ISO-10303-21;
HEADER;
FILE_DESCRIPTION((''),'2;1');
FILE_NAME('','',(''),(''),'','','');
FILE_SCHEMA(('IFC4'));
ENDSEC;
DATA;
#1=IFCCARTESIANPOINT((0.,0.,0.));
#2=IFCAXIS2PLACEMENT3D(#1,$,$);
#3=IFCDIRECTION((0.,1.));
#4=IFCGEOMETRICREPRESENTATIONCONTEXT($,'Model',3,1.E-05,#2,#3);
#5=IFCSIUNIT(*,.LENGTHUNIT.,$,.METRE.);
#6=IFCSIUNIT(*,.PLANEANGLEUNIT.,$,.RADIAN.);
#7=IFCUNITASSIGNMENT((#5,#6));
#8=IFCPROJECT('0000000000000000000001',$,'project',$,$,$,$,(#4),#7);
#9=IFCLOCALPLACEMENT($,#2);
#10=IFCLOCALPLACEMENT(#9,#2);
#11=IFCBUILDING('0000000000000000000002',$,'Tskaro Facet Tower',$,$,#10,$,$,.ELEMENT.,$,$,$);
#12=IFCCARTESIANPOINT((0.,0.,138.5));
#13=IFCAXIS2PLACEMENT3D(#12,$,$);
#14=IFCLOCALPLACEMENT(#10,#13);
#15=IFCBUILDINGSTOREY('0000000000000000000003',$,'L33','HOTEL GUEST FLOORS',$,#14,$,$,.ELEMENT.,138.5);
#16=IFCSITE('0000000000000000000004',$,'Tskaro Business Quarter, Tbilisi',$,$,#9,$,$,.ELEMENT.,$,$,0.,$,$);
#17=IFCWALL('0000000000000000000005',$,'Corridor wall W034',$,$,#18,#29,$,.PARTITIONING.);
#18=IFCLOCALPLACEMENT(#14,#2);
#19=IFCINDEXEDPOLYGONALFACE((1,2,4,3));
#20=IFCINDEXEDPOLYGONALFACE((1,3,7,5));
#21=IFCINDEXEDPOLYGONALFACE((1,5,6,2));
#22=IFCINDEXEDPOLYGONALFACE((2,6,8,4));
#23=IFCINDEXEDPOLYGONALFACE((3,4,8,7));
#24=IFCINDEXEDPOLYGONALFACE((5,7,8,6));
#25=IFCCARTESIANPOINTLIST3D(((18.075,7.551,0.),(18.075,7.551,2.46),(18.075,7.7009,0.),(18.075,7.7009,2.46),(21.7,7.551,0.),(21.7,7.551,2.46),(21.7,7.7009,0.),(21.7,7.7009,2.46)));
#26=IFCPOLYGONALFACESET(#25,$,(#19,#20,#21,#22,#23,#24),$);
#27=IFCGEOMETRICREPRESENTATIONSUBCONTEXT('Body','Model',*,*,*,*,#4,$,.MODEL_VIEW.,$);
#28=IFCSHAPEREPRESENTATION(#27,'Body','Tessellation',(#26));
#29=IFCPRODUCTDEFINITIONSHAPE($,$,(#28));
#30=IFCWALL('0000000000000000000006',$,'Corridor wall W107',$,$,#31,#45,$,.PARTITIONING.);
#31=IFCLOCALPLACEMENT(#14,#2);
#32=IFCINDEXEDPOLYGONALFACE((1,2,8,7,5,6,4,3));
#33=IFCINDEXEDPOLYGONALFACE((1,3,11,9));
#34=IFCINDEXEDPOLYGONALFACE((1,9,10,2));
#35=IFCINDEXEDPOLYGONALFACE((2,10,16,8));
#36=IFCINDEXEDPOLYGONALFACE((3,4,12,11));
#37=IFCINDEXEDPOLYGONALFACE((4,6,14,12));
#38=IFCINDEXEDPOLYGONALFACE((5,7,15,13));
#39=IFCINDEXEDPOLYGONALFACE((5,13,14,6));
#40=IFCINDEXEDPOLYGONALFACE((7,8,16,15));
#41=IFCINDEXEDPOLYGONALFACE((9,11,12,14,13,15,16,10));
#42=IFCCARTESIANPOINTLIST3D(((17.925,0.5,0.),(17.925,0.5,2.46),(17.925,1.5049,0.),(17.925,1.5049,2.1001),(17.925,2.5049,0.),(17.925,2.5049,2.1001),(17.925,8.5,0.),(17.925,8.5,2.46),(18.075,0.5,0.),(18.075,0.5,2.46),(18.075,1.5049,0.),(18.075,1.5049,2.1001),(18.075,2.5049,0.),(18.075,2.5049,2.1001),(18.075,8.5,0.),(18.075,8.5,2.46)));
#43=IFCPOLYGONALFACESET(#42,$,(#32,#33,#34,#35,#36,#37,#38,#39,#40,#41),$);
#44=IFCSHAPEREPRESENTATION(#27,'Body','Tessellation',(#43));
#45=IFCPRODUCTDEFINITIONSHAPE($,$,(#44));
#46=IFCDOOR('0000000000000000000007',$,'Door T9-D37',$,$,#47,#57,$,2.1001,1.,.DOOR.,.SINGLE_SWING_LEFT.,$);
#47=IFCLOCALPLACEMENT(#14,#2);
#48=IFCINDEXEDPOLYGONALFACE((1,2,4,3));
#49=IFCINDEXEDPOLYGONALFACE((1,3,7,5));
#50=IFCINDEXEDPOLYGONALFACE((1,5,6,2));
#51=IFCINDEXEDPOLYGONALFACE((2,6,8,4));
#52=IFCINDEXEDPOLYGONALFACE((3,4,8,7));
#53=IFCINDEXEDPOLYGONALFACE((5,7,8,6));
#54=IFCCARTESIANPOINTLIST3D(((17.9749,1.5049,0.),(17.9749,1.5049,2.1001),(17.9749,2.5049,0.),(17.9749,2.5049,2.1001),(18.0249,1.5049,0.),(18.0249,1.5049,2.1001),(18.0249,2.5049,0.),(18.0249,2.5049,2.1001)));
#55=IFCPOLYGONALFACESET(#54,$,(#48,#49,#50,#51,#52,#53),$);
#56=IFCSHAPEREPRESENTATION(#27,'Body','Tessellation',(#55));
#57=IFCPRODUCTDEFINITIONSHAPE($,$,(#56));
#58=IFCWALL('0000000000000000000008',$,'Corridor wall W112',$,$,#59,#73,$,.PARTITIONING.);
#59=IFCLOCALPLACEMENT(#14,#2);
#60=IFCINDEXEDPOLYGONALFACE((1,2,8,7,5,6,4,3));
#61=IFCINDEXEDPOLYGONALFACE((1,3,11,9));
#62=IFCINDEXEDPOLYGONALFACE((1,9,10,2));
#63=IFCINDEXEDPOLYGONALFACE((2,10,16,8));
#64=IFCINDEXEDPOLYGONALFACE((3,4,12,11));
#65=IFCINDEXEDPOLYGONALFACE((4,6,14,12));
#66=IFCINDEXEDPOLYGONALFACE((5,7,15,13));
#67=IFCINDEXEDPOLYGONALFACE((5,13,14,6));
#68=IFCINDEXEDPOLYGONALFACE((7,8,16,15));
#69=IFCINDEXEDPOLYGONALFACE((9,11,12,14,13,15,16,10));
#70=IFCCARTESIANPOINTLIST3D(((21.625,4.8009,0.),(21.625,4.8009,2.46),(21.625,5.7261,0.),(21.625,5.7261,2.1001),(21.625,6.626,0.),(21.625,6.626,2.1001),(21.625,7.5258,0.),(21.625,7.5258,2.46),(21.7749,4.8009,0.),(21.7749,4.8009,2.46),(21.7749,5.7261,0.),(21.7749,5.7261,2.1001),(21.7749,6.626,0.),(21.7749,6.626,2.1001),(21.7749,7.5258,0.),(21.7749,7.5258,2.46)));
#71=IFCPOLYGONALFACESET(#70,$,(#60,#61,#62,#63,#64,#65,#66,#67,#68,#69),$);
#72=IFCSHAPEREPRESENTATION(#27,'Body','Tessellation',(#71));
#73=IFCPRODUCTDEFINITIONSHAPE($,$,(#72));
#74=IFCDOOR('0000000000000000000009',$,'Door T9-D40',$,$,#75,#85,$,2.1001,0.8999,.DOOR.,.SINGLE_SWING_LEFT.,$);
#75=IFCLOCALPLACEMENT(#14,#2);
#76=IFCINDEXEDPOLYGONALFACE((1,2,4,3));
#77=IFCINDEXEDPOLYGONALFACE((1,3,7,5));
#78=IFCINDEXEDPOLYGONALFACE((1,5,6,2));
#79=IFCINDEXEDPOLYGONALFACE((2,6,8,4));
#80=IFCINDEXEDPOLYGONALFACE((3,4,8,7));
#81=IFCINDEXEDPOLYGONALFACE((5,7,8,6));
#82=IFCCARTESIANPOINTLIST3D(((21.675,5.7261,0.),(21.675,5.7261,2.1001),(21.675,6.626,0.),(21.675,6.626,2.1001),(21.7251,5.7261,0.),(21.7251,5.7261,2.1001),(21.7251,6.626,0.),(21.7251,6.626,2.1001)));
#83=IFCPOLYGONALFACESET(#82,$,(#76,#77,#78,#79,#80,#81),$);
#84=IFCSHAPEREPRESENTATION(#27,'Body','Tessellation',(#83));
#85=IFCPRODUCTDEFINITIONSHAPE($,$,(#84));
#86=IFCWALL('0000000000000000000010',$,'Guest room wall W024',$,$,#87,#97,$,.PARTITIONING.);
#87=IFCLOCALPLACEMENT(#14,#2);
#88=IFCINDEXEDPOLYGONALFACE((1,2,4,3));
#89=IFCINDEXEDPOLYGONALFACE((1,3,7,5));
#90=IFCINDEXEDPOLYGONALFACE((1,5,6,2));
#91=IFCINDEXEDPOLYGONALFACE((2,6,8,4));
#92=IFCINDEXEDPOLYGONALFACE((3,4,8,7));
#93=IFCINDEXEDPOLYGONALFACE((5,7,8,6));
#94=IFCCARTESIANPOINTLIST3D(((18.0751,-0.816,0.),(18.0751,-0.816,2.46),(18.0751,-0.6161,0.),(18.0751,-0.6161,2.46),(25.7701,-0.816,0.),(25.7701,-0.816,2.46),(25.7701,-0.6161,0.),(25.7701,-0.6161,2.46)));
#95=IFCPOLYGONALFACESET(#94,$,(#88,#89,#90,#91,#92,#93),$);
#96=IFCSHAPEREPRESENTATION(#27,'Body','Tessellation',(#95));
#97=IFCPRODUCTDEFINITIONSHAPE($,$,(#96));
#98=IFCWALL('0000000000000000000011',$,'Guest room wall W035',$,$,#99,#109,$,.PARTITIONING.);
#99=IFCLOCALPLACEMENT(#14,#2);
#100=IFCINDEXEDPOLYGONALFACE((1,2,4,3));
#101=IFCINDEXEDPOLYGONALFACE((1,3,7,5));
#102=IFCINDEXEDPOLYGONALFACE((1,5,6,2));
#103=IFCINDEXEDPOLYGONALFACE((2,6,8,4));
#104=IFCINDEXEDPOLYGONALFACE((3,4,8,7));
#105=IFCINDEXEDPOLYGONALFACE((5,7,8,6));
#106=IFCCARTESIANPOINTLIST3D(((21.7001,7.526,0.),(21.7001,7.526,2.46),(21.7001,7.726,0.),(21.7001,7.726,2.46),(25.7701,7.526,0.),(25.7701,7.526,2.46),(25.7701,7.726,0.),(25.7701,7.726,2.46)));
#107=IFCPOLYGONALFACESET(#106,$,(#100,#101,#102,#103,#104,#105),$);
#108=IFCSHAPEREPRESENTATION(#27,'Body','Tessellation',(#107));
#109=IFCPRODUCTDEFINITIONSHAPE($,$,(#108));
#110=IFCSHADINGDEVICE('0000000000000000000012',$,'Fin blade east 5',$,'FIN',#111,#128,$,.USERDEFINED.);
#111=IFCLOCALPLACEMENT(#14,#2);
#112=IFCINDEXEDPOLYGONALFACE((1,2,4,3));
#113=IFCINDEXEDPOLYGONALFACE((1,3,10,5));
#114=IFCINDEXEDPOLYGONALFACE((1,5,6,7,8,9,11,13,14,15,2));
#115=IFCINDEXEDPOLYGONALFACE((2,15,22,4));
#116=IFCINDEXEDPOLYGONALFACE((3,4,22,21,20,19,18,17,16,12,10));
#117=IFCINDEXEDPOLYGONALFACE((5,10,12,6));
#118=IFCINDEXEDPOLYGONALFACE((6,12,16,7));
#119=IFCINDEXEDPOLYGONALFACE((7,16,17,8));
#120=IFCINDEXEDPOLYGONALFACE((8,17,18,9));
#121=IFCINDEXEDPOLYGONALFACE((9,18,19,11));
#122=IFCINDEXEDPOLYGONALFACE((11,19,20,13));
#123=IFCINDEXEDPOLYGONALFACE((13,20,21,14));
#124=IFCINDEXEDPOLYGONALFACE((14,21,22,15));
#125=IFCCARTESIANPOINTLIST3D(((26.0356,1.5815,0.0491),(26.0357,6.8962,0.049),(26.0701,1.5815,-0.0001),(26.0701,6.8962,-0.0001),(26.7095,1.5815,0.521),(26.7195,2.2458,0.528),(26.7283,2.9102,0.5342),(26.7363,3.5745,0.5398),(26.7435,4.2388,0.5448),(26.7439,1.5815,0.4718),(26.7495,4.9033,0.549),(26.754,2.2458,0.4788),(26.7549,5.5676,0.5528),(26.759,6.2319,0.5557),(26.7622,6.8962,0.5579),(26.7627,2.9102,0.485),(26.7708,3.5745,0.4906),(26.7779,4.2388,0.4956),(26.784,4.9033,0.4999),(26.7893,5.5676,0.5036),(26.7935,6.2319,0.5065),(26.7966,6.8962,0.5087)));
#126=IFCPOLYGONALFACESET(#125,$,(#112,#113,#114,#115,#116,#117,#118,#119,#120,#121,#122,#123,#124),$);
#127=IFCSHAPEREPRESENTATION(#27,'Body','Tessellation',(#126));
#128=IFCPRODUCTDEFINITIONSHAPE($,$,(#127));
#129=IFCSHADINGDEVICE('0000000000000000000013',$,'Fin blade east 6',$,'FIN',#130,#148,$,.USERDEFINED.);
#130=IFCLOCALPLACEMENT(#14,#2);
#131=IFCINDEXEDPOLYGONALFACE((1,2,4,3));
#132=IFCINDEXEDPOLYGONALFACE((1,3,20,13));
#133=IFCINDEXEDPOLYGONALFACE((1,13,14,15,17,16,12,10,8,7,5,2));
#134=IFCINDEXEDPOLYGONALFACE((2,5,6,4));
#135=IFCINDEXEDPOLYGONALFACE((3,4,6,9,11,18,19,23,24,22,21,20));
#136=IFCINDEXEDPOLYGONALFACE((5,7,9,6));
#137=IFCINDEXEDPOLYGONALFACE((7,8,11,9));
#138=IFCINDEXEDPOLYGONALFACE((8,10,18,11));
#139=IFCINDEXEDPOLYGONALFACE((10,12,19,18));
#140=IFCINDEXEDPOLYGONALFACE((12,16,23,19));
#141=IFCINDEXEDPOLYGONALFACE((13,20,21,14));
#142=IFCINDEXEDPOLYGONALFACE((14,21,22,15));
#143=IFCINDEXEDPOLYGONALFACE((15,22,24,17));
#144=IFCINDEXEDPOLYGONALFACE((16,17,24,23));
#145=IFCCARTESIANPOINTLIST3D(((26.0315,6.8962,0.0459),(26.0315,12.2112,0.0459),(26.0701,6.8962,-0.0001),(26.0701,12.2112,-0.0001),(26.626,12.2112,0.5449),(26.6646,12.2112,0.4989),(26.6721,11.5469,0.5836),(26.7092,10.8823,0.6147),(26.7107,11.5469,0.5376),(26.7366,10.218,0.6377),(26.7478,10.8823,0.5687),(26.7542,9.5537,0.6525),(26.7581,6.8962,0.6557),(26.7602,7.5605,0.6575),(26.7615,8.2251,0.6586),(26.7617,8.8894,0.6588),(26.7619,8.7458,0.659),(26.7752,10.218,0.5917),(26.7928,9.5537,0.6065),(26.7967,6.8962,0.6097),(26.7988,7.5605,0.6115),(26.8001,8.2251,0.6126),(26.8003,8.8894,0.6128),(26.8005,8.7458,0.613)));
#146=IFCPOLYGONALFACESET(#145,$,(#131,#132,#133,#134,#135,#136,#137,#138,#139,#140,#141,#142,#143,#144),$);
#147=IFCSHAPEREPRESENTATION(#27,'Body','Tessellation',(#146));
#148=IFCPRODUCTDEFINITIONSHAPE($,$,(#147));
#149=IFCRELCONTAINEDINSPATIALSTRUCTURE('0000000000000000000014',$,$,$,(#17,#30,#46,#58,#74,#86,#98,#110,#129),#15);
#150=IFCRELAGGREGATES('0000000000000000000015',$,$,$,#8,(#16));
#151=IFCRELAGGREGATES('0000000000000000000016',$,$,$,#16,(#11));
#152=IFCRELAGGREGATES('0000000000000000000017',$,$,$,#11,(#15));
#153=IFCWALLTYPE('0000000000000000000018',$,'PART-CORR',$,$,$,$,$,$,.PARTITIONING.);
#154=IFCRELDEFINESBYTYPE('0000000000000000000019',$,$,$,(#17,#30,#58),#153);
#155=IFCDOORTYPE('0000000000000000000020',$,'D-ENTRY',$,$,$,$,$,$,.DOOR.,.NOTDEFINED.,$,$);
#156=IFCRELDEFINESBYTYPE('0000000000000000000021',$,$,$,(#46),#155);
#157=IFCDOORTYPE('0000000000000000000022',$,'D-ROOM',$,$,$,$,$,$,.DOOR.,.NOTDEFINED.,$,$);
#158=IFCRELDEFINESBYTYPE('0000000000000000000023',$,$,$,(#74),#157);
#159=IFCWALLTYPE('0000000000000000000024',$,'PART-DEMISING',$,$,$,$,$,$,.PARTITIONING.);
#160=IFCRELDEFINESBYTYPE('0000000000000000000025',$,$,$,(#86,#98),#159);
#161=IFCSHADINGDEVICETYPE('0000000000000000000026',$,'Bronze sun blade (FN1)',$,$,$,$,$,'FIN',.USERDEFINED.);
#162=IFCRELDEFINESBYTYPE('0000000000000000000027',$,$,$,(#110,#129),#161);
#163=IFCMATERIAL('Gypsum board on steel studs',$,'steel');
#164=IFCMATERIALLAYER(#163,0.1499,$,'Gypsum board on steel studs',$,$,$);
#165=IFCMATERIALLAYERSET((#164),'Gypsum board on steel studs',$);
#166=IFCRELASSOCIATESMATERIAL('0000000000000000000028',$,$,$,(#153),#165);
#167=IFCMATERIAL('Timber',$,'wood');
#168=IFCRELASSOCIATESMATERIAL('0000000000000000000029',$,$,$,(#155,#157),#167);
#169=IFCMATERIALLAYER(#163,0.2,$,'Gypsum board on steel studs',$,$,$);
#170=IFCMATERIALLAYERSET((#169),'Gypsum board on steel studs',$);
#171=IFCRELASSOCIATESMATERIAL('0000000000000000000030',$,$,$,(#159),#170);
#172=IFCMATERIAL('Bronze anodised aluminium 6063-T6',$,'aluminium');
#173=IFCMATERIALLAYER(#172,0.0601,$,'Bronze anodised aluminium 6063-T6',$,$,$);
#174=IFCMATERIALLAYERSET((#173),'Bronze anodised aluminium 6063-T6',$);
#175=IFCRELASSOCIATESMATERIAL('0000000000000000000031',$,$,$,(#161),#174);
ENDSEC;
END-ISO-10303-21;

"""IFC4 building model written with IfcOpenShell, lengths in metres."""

from ifc_helpers import new_model, si_unit, direction, frame, frame_2d, origin, place, context, subcontext, project, spatial, polyline, rectangle, outline, extrude, material, layer, layer_set, type_object, element, fill, save


model = new_model("IFC4")

# Units and contexts
model_context = context("Model", 3, precision=1e-05, world=origin(), true_north=direction((0.0, 1.0)))
body_context = subcontext(model_context, "Body", "Model", "MODEL_VIEW")
ifc_project = project(units=[si_unit("LENGTHUNIT", "METRE"), si_unit("PLANEANGLEUNIT", "RADIAN")], contexts=[model_context])

# Site, building, storey
site_placement = place(None, origin())
site = spatial("IfcSite", under=ifc_project, at=site_placement, Name="Tskaro Business Quarter, Tbilisi", CompositionType="ELEMENT", RefElevation=0.0)
building_placement = place(site_placement, origin())
building = spatial("IfcBuilding", under=site, at=building_placement, Name="Tskaro Facet Tower", CompositionType="ELEMENT")
storey_placement = place(building_placement, frame((0.0, 0.0, 138.5)))
storey = spatial("IfcBuildingStorey", under=building, at=storey_placement, Name="L33", Description="HOTEL GUEST FLOORS", CompositionType="ELEMENT", Elevation=138.5)

# Shared definitions
ifc_material_1 = material(Name="Bronze anodised aluminium 6063-T6", Category="aluminium")

# Wall
ifc_material_2 = material(Name="Gypsum board on steel studs", Category="steel")
ifc_layer_1 = layer(ifc_material_2, 0.1499, Name="Gypsum board on steel studs")
ifc_layer_set_1 = layer_set([ifc_layer_1], Name="Gypsum board on steel studs")
wall_type_1 = type_object("IfcWallType", Name="PART-CORR", PredefinedType="PARTITIONING", material=ifc_layer_set_1)
for number, where, z_axis, x_axis, name in (
    (1, (18.075, 7.626, 0.0), (0.0, 0.0, 1.0), (1.0, 0.0, 0.0), "Corridor wall W034"),
):
    element("IfcWall", number, at=place(storey_placement, frame(where, z_axis=z_axis, x_axis=x_axis)), inside=storey, type_object=wall_type_1, Name=name, PredefinedType="PARTITIONING", context=body_context, shape_type="SweptSolid", body=[
        extrude(rectangle(XDim=3.625, YDim=0.1499, at=frame_2d((1.8125, 0.0))), origin(), (0.0, 0.0, 1.0), 2.46),
    ])

# Walls, openings, doors
wall_1_placement = place(storey_placement, frame((18.0, 8.5, 0.0), z_axis=(0.0, 0.0, 1.0), x_axis=(0.0, -1.0, 0.0)))
wall_1 = element("IfcWall", 2, at=wall_1_placement, inside=storey, type_object=wall_type_1, Name="Corridor wall W107", PredefinedType="PARTITIONING", context=body_context, shape_type="SweptSolid", body=[
    extrude(rectangle(XDim=8.0, YDim=0.1499, at=frame_2d((4.0, 0.0))), origin(), (0.0, 0.0, 1.0), 2.46),
])
opening_1_placement = place(wall_1_placement, frame((5.9951, 0.0, 0.0)))
opening_1 = element("IfcOpeningElement", 3, at=opening_1_placement, cuts=wall_1, PredefinedType="OPENING", context=body_context, shape_type="SweptSolid", body=[
    extrude(rectangle(XDim=1.0, YDim=2.1001, at=frame_2d((0.5, 1.05))), frame((0.0, 0.085, 0.0), z_axis=(0.0, -1.0, 0.0), x_axis=(1.0, 0.0, 0.0)), (0.0, 0.0, 1.0), 0.1699),
])
ifc_material_3 = material(Name="Timber", Category="wood")
door_type_1 = type_object("IfcDoorType", Name="D-ENTRY", OperationType="NOTDEFINED", PredefinedType="DOOR", material=ifc_material_3)
door_1_placement = place(opening_1_placement, origin())
door_1 = element("IfcDoor", 4, at=door_1_placement, inside=storey, type_object=door_type_1, Name="Door T9-D37", OperationType="SINGLE_SWING_LEFT", OverallHeight=2.1001, OverallWidth=1.0, PredefinedType="DOOR", context=body_context, shape_type="SweptSolid", body=[
    extrude(rectangle(XDim=1.0, YDim=2.1001, at=frame_2d((0.5, 1.05))), frame((0.0, 0.0249, 0.0), z_axis=(0.0, -1.0, 0.0), x_axis=(1.0, 0.0, 0.0)), (0.0, 0.0, 1.0), 0.05),
])
fill(opening_1, door_1)
wall_2_placement = place(storey_placement, frame((21.7, 4.801, 0.0), z_axis=(0.0, 0.0, 1.0), x_axis=(0.0, 1.0, 0.0)))
wall_2 = element("IfcWall", 5, at=wall_2_placement, inside=storey, type_object=wall_type_1, Name="Corridor wall W112", PredefinedType="PARTITIONING", context=body_context, shape_type="SweptSolid", body=[
    extrude(rectangle(XDim=2.7249, YDim=0.1499, at=frame_2d((1.3623, 0.0))), origin(), (0.0, 0.0, 1.0), 2.46),
])
opening_2_placement = place(wall_2_placement, frame((0.925, 0.0, 0.0)))
opening_2 = element("IfcOpeningElement", 6, at=opening_2_placement, cuts=wall_2, PredefinedType="OPENING", context=body_context, shape_type="SweptSolid", body=[
    extrude(rectangle(XDim=0.8999, YDim=2.1001, at=frame_2d((0.45, 1.05))), frame((0.0, 0.085, 0.0), z_axis=(0.0, -1.0, 0.0), x_axis=(1.0, 0.0, 0.0)), (0.0, 0.0, 1.0), 0.1699),
])
door_type_2 = type_object("IfcDoorType", Name="D-ROOM", OperationType="NOTDEFINED", PredefinedType="DOOR", material=ifc_material_3)
door_2_placement = place(opening_2_placement, origin())
door_2 = element("IfcDoor", 7, at=door_2_placement, inside=storey, type_object=door_type_2, Name="Door T9-D40", OperationType="SINGLE_SWING_LEFT", OverallHeight=2.1001, OverallWidth=0.8999, PredefinedType="DOOR", context=body_context, shape_type="SweptSolid", body=[
    extrude(rectangle(XDim=0.8999, YDim=2.1001, at=frame_2d((0.45, 1.05))), frame((0.0, 0.0249, 0.0), z_axis=(0.0, -1.0, 0.0), x_axis=(1.0, 0.0, 0.0)), (0.0, 0.0, 1.0), 0.05),
])
fill(opening_2, door_2)

# Walls
ifc_layer_2 = layer(ifc_material_2, 0.2, Name="Gypsum board on steel studs")
ifc_layer_set_2 = layer_set([ifc_layer_2], Name="Gypsum board on steel studs")
wall_type_2 = type_object("IfcWallType", Name="PART-DEMISING", PredefinedType="PARTITIONING", material=ifc_layer_set_2)
wall_3_placement = place(storey_placement, frame((18.075, -0.7161, 0.0), z_axis=(0.0, 0.0, 1.0), x_axis=(1.0, 0.0, 0.0)))
element("IfcWall", 8, at=wall_3_placement, inside=storey, type_object=wall_type_2, Name="Guest room wall W024", PredefinedType="PARTITIONING", context=body_context, shape_type="SweptSolid", body=[
    extrude(rectangle(XDim=7.6951, YDim=0.2, at=frame_2d((3.8477, 0.0))), origin(), (0.0, 0.0, 1.0), 2.46),
])
wall_4_placement = place(storey_placement, frame((21.7, 7.626, 0.0), z_axis=(0.0, 0.0, 1.0), x_axis=(1.0, 0.0, 0.0)))
element("IfcWall", 9, at=wall_4_placement, inside=storey, type_object=wall_type_2, Name="Guest room wall W035", PredefinedType="PARTITIONING", context=body_context, shape_type="SweptSolid", body=[
    extrude(rectangle(XDim=4.0701, YDim=0.2, at=frame_2d((2.0352, 0.0))), origin(), (0.0, 0.0, 1.0), 2.46),
])

# Shading devices
ifc_layer_3 = layer(ifc_material_1, 0.0601, Name="Bronze anodised aluminium 6063-T6")
ifc_layer_set_3 = layer_set([ifc_layer_3], Name="Bronze anodised aluminium 6063-T6")
shading_device_type = type_object("IfcShadingDeviceType", Name="Bronze sun blade (FN1)", ElementType="FIN", PredefinedType="USERDEFINED", material=ifc_layer_set_3)
shading_device_1_placement = place(storey_placement, frame((26.0356, 1.5815, 0.0491), z_axis=(-0.573674, 0.000006, 0.819084), x_axis=(0.000003, 1.0, -0.000005)))
element("IfcShadingDevice", 10, at=shading_device_1_placement, inside=storey, type_object=shading_device_type, Name="Fin blade east 5", ObjectType="FIN", PredefinedType="USERDEFINED", context=body_context, shape_type="SweptSolid", body=[
    extrude(outline(polyline([(0.0, 0.0), (5.3147, 0.0), (5.3147, -0.887), (4.6504, -0.8831), (3.9861, -0.8781), (3.3218, -0.8716), (2.6572, -0.8642), (1.9929, -0.8554), (1.3286, -0.8456), (0.6643, -0.8349), (0.0, -0.8227), (0.0, 0.0)])), origin(), (0.0, 0.0, -1.0), 0.0601),
])
shading_device_2_placement = place(storey_placement, frame((26.0315, 6.8962, 0.0459), z_axis=(-0.64289, 0.0, 0.765958), x_axis=(0.0, 1.0, 0.0)))
element("IfcShadingDevice", 11, at=shading_device_2_placement, inside=storey, type_object=shading_device_type, Name="Fin blade east 6", ObjectType="FIN", PredefinedType="USERDEFINED", context=body_context, shape_type="SweptSolid", body=[
    extrude(outline(polyline([(0.0, 0.0), (5.3149, 0.0), (5.3149, -0.7762), (4.6506, -0.8363), (3.9861, -0.8848), (3.3218, -0.9205), (2.6575, -0.9436), (1.9932, -0.9533), (1.8496, -0.9536), (1.3289, -0.9531), (0.6643, -0.9514), (0.0, -0.9486), (0.0, 0.0)])), origin(), (0.0, 0.0, -1.0), 0.0601),
])

save(model, "model.ifc")
